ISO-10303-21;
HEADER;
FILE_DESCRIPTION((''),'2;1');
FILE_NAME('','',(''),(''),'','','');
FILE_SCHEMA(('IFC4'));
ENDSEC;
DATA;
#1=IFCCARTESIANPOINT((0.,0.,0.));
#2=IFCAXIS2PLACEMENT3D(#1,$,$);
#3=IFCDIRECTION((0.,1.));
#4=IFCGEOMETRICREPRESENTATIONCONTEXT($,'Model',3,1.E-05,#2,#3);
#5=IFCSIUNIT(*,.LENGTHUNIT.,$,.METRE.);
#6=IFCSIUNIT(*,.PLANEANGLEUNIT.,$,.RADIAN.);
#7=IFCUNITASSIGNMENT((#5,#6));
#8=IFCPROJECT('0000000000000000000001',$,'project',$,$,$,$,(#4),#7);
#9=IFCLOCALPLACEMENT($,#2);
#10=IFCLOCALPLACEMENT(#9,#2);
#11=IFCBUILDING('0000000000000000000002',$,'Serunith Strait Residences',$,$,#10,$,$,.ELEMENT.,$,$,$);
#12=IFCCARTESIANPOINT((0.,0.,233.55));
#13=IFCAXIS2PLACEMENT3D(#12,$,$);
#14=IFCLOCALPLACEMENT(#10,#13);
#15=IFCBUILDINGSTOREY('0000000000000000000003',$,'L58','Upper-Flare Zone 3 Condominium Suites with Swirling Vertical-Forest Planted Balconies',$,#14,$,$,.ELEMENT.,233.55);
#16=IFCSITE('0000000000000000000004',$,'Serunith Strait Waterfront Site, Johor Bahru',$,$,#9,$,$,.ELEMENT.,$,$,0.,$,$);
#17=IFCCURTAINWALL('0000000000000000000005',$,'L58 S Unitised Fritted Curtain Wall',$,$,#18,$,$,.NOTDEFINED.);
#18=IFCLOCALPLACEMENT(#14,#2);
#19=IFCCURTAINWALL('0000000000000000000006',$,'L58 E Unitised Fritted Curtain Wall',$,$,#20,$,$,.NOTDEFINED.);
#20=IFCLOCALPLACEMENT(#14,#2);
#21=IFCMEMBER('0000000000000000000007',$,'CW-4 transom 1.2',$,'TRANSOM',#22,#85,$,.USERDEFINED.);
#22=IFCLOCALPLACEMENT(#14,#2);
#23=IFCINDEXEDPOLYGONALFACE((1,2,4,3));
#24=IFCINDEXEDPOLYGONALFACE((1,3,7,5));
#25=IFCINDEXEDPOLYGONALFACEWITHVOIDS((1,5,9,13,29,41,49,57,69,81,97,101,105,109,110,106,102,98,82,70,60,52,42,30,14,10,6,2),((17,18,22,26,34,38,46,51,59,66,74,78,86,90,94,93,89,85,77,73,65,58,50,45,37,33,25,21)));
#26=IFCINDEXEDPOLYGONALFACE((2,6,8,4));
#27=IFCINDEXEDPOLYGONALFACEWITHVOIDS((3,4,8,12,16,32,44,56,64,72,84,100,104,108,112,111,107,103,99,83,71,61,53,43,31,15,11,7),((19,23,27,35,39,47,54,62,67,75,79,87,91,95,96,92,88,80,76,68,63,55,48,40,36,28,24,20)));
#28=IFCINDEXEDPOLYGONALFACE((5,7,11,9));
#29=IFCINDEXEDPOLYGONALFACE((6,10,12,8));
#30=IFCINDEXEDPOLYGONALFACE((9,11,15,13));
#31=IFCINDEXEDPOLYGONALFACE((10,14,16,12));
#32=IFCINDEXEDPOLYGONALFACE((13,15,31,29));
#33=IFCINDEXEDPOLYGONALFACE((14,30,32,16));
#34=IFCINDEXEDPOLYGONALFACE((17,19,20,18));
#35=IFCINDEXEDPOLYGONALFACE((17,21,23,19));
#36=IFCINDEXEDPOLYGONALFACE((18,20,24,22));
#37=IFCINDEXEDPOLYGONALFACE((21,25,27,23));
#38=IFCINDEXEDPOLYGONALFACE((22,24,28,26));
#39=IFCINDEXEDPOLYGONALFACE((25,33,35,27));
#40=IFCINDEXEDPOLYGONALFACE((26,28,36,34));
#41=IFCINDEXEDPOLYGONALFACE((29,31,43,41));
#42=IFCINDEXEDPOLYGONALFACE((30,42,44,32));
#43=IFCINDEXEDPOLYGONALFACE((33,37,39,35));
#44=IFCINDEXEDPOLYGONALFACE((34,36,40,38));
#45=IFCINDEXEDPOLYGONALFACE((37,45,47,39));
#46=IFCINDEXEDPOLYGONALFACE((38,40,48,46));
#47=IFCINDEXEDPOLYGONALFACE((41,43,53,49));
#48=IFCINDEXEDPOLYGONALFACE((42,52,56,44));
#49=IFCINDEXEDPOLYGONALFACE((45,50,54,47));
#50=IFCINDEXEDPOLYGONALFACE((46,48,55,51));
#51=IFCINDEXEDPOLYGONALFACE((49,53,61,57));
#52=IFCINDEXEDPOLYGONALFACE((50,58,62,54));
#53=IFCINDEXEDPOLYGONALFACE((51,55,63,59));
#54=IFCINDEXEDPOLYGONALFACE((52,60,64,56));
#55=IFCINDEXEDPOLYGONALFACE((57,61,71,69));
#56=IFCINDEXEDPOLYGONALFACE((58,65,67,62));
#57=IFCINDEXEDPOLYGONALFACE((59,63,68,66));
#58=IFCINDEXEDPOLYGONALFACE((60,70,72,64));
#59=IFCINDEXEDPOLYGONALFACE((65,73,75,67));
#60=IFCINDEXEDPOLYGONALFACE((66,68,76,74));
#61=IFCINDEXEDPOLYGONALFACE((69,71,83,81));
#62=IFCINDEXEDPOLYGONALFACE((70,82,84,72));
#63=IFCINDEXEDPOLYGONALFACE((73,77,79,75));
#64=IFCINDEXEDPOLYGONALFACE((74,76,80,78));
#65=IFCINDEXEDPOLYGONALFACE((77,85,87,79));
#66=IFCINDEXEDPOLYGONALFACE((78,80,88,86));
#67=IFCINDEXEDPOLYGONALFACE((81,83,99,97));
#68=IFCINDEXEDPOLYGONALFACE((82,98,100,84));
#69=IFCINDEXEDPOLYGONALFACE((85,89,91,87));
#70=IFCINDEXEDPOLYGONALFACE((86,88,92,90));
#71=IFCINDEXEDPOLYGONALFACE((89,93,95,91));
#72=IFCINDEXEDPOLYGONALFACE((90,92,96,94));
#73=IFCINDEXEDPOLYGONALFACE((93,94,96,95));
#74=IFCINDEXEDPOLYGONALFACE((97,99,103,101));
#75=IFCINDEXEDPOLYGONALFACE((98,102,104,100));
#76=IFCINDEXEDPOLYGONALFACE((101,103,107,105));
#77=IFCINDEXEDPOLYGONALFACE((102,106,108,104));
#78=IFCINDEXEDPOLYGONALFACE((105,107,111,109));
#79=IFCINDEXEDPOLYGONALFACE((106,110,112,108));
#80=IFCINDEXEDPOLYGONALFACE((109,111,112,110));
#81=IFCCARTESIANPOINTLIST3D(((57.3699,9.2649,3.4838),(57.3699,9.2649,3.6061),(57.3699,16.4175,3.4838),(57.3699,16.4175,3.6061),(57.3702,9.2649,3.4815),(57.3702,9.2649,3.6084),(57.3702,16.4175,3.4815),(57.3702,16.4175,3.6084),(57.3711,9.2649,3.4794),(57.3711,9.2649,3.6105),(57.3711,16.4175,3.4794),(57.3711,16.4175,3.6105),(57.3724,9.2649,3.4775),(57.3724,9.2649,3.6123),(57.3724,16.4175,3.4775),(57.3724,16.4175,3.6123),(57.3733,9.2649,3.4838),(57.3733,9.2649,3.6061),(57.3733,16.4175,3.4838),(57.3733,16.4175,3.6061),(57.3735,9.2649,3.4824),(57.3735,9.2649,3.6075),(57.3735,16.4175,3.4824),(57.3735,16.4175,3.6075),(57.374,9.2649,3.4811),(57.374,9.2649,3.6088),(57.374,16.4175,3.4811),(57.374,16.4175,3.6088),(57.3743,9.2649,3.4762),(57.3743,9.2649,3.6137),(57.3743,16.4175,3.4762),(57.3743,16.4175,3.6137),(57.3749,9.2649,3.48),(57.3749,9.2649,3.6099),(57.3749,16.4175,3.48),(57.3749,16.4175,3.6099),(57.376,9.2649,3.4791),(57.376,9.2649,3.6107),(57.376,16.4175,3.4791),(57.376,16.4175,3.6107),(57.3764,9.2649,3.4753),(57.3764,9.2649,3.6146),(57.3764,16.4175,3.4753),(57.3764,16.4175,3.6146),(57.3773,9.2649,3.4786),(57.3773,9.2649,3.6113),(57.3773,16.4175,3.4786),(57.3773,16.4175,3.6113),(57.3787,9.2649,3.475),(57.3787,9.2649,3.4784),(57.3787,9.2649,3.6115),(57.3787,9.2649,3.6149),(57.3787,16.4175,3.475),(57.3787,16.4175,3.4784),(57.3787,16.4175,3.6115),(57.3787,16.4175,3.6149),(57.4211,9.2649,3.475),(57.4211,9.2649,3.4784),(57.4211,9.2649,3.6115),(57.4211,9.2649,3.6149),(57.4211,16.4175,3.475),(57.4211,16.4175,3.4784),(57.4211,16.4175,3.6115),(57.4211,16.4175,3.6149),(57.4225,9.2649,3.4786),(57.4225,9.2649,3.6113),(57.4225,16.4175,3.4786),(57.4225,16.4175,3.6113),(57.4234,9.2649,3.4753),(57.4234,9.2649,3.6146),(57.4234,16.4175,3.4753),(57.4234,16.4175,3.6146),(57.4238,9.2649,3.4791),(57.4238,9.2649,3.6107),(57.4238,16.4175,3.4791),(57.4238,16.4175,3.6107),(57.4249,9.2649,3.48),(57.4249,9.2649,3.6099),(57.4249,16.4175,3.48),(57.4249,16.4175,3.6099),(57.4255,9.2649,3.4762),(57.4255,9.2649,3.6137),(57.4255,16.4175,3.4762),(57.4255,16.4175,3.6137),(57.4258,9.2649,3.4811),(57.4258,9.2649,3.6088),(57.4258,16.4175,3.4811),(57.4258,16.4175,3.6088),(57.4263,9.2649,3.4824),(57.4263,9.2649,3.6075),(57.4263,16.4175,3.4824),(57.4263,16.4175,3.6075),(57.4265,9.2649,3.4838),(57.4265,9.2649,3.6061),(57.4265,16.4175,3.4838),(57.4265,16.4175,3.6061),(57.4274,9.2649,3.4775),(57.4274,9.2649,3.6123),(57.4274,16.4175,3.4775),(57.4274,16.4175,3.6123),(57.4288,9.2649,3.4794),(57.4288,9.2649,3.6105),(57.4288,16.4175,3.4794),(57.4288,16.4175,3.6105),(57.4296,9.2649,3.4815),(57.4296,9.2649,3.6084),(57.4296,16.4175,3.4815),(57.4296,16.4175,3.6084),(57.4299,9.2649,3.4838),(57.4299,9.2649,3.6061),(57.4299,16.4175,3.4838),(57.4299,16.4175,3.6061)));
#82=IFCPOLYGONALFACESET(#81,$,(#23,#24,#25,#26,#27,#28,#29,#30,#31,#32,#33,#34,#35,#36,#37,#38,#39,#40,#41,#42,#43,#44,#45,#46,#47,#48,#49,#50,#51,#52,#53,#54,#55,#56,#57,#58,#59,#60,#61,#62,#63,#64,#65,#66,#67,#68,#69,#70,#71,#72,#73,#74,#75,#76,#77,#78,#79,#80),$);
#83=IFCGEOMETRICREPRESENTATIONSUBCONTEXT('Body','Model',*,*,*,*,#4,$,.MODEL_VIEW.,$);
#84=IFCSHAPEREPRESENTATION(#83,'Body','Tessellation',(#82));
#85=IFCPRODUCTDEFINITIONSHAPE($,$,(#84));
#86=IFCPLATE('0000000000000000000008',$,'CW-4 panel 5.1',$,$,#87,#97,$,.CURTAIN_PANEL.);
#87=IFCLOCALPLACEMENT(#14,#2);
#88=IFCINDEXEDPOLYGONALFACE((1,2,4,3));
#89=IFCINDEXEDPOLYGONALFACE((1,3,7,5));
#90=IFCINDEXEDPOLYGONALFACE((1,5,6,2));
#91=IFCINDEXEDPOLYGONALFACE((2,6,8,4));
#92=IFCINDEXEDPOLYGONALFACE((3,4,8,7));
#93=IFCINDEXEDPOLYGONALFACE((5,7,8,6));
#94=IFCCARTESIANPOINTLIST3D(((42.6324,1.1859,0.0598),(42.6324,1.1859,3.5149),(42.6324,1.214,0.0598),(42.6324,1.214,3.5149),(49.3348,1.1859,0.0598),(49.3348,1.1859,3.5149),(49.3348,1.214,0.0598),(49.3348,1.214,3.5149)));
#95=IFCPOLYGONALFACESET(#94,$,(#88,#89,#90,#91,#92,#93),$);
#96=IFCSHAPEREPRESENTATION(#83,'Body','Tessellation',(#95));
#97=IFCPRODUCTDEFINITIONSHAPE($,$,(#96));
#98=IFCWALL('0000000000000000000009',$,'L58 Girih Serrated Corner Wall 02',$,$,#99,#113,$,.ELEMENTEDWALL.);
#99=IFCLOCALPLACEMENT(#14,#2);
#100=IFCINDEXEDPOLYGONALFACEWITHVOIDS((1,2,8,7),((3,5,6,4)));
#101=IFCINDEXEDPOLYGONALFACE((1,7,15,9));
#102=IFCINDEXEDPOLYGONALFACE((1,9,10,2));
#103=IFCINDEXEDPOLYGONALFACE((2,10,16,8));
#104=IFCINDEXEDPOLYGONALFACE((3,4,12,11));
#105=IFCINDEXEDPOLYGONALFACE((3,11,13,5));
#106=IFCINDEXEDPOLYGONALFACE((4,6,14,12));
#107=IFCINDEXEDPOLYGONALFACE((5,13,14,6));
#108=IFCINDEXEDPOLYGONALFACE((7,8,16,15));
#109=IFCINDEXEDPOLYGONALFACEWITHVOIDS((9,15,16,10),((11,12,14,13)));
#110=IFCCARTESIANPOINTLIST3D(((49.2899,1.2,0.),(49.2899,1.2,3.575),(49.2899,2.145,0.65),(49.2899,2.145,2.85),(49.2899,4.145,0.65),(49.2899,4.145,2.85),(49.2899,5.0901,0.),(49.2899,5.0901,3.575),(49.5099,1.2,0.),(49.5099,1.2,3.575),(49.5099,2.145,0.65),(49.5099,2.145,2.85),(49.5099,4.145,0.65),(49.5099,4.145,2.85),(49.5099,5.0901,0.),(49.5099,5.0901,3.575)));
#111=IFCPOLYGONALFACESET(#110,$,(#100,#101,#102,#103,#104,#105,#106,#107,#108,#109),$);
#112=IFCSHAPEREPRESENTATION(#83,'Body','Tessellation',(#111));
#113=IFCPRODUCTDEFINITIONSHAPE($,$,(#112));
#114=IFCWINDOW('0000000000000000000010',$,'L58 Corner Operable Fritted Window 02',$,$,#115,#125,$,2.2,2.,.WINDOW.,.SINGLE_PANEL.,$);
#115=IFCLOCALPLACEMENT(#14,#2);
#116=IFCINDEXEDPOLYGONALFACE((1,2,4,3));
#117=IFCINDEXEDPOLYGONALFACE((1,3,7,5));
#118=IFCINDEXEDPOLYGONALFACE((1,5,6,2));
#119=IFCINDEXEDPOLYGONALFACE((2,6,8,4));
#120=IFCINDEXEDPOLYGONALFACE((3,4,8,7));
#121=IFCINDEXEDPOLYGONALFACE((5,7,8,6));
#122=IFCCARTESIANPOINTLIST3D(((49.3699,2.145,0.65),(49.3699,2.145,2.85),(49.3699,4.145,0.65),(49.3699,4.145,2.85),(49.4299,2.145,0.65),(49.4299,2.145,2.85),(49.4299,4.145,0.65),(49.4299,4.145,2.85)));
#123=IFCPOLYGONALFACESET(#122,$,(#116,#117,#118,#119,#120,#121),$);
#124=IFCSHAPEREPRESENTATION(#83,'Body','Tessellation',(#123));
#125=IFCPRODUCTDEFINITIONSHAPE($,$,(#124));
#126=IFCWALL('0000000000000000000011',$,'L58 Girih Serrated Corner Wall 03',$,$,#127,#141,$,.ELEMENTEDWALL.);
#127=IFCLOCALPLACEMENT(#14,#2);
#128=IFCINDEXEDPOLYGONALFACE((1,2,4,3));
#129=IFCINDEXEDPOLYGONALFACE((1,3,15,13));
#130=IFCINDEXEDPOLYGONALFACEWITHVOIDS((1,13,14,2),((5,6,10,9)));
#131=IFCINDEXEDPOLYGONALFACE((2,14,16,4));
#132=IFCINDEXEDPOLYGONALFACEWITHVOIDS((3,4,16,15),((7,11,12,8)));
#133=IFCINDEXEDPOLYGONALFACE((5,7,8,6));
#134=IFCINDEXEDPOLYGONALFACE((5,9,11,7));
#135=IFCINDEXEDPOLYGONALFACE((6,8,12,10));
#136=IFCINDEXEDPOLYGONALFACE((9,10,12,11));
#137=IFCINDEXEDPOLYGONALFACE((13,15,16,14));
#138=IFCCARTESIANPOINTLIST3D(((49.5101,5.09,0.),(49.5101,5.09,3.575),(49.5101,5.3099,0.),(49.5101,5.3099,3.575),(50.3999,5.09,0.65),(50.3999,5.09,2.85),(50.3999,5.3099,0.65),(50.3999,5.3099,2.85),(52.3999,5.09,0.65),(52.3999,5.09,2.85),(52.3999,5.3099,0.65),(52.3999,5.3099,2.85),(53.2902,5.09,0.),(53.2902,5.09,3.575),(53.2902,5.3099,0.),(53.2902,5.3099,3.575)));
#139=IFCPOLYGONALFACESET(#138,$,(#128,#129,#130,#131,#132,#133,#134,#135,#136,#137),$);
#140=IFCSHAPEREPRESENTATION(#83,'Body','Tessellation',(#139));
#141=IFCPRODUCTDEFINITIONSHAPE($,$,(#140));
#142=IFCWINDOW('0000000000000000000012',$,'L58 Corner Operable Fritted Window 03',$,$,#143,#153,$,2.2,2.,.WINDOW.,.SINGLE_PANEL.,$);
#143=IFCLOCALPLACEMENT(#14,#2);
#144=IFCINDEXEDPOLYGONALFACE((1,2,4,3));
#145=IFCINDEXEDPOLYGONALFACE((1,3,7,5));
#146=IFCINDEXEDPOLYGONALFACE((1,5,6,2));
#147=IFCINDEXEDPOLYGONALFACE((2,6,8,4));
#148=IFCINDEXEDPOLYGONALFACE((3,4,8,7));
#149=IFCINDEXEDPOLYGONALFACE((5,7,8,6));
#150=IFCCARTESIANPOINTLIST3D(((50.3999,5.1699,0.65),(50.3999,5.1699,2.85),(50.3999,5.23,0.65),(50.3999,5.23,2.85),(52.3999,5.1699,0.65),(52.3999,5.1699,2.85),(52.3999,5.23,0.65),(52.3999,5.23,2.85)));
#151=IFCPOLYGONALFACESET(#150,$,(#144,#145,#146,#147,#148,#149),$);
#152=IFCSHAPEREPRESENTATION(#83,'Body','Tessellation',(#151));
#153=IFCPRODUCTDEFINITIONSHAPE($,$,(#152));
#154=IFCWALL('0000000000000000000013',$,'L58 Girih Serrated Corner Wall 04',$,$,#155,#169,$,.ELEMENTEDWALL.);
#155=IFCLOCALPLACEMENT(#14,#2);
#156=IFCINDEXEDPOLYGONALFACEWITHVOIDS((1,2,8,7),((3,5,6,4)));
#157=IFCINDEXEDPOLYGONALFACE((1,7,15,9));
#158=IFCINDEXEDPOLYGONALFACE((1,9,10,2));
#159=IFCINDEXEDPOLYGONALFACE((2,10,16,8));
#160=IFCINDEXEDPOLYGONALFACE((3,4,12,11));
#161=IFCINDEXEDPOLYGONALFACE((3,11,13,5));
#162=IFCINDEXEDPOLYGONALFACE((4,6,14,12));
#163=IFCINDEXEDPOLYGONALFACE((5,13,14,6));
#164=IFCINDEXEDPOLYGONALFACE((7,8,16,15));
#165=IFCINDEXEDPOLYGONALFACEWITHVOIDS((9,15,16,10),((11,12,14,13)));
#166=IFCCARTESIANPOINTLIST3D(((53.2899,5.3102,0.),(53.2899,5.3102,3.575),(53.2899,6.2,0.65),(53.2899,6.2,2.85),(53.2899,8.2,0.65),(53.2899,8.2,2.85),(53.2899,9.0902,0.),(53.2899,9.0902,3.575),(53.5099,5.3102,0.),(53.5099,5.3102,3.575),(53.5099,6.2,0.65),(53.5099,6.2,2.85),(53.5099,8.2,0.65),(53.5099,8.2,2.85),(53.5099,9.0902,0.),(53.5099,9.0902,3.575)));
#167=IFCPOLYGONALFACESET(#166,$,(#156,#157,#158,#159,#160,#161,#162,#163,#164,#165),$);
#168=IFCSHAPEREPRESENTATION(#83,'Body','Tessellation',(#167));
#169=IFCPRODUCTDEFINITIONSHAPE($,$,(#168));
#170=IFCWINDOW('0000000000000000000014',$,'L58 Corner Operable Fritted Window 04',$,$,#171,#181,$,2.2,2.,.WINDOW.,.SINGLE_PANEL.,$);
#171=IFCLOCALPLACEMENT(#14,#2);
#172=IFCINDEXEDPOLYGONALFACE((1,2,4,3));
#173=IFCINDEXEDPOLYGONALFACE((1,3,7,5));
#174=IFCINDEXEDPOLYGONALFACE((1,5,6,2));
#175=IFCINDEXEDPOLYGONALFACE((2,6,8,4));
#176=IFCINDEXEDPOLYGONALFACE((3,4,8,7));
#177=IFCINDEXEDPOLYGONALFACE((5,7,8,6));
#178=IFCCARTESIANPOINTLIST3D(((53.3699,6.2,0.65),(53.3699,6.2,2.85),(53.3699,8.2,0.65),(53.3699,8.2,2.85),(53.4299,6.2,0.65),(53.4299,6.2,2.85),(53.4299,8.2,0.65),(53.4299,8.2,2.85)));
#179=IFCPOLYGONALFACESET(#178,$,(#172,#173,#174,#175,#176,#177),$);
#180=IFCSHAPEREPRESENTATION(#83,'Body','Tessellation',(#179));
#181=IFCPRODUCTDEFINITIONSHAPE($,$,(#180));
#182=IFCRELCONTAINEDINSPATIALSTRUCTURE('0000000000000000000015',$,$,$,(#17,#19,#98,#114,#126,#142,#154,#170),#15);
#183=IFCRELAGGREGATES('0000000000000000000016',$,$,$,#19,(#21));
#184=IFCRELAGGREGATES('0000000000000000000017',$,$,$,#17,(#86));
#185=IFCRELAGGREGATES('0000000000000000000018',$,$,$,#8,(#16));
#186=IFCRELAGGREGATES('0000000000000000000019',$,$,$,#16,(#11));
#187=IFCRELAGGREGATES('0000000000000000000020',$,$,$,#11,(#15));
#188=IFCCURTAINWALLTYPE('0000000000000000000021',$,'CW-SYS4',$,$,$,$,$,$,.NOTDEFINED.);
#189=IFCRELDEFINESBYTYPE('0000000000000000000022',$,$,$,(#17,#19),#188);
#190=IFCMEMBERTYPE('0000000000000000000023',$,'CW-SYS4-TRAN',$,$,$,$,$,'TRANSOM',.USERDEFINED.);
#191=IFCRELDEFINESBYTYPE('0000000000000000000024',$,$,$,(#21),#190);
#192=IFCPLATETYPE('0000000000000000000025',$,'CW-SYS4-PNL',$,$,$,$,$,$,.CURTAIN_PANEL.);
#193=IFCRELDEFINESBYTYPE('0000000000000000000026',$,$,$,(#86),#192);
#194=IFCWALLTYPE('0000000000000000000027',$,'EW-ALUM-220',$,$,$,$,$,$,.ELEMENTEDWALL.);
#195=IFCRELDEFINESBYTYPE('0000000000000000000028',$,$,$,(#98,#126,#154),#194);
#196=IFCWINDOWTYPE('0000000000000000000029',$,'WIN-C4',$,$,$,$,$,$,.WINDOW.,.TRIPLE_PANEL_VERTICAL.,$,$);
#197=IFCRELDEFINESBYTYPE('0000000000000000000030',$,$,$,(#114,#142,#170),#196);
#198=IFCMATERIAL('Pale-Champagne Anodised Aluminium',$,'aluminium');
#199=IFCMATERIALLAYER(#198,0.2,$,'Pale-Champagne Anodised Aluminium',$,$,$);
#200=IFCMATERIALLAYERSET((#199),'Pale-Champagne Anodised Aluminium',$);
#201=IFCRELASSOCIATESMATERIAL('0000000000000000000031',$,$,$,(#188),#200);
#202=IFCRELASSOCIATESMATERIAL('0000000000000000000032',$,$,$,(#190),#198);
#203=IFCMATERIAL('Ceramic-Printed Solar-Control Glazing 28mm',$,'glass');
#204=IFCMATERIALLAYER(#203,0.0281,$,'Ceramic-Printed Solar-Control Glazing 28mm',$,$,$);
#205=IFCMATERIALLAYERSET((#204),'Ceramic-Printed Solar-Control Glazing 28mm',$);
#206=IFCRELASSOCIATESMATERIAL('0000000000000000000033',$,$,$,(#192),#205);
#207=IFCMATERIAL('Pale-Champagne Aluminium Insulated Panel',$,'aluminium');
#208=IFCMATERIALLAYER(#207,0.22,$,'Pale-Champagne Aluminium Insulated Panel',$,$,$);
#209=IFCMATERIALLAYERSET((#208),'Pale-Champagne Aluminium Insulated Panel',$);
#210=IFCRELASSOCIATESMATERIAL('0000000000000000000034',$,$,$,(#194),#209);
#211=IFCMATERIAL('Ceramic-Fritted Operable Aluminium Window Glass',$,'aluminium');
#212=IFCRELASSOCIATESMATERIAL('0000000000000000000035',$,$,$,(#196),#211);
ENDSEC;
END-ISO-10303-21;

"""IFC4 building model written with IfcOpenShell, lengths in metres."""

from ifc_helpers import new_model, si_unit, direction, frame, frame_2d, origin, origin_2d, place, context, subcontext, project, spatial, rectangle, hollow_rectangle, extrude, source, transform, mapped, material, layer, layer_set, material_profile, profile_set, type_object, element, fill, aggregate, save


model = new_model("IFC4")

# Units and contexts
model_context = context("Model", 3, precision=1e-05, world=origin(), true_north=direction((0.0, 1.0)))
body_context = subcontext(model_context, "Body", "Model", "MODEL_VIEW")
ifc_project = project(units=[si_unit("LENGTHUNIT", "METRE"), si_unit("PLANEANGLEUNIT", "RADIAN")], contexts=[model_context])

# Site, building, storey
site_placement = place(None, origin())
site = spatial("IfcSite", under=ifc_project, at=site_placement, Name="Serunith Strait Waterfront Site, Johor Bahru", CompositionType="ELEMENT", RefElevation=0.0)
building_placement = place(site_placement, origin())
building = spatial("IfcBuilding", under=site, at=building_placement, Name="Serunith Strait Residences", CompositionType="ELEMENT")
storey_placement = place(building_placement, frame((0.0, 0.0, 233.55)))
storey = spatial("IfcBuildingStorey", under=building, at=storey_placement, Name="L58", Description="Upper-Flare Zone 3 Condominium Suites with Swirling Vertical-Forest Planted Balconies", CompositionType="ELEMENT", Elevation=233.55)

# Curtain wall
ifc_material_1 = material(Name="Pale-Champagne Anodised Aluminium", Category="aluminium")
ifc_layer_1 = layer(ifc_material_1, 0.2, Name="Pale-Champagne Anodised Aluminium")
ifc_layer_set_1 = layer_set([ifc_layer_1], Name="Pale-Champagne Anodised Aluminium")
curtain_wall_type = type_object("IfcCurtainWallType", Name="CW-SYS4", PredefinedType="NOTDEFINED", material=ifc_layer_set_1)
curtain_wall_1_placement = place(storey_placement, origin())
curtain_wall_1 = element("IfcCurtainWall", 1, at=curtain_wall_1_placement, inside=storey, type_object=curtain_wall_type, Name="L58 S Unitised Fritted Curtain Wall", PredefinedType="NOTDEFINED")

# Curtain wall
curtain_wall_2_placement = place(storey_placement, origin())
curtain_wall_2 = element("IfcCurtainWall", 2, at=curtain_wall_2_placement, inside=storey, type_object=curtain_wall_type, Name="L58 E Unitised Fritted Curtain Wall", PredefinedType="NOTDEFINED")

# Member
ifc_material_profile_1 = material_profile(ifc_material_1, hollow_rectangle(XDim=0.0601, YDim=0.1399, WallThickness=0.0034, InnerFilletRadius=0.0054, OuterFilletRadius=0.0088, at=origin_2d()), Name="ALU 140x60x3.5")
ifc_profile_set_1 = profile_set([ifc_material_profile_1], Name="Pale-Champagne Anodised Aluminium")
member_type_1 = type_object("IfcMemberType", Name="CW-SYS4-TRAN", ElementType="TRANSOM", PredefinedType="USERDEFINED", material=ifc_profile_set_1)
shared_shape_1 = source(origin(), body_context, "Body", "SweptSolid", [
    extrude(hollow_rectangle(XDim=0.0601, YDim=0.1399, WallThickness=0.0034, InnerFilletRadius=0.0054, OuterFilletRadius=0.0088, at=origin_2d()), origin(), (0.0, 0.0, 1.0), 7.1526),
])
member_1_placement = place(storey_placement, frame((57.3999, 9.2649, 3.5449), z_axis=(0.0, 1.0, 0.0), x_axis=(-1.0, 0.0, 0.0)))
member_1 = element("IfcMember", 3, at=member_1_placement, type_object=member_type_1, Name="CW-4 transom 1.2", ObjectType="TRANSOM", PredefinedType="USERDEFINED", context=body_context, shape_type="MappedRepresentation", body=[
    mapped(shared_shape_1, transform((0.0, 0.0, 0.0), scale=1.0)),
])
aggregate(curtain_wall_2, [member_1])

# Plate
ifc_material_2 = material(Name="Ceramic-Printed Solar-Control Glazing 28mm", Category="glass")
ifc_layer_2 = layer(ifc_material_2, 0.0281, Name="Ceramic-Printed Solar-Control Glazing 28mm")
ifc_layer_set_2 = layer_set([ifc_layer_2], Name="Ceramic-Printed Solar-Control Glazing 28mm")
plate_type = type_object("IfcPlateType", Name="CW-SYS4-PNL", PredefinedType="CURTAIN_PANEL", material=ifc_layer_set_2)
shared_shape_2 = source(origin(), body_context, "Body", "SweptSolid", [
    extrude(rectangle(XDim=6.7024, YDim=0.0281, at=origin_2d()), origin(), (0.0, 0.0, 1.0), 3.4551),
])
plate_placement = place(storey_placement, frame((45.9836, 1.2, 0.0598), z_axis=(0.0, 0.0, 1.0), x_axis=(1.0, 0.0, 0.0)))
plate = element("IfcPlate", 4, at=plate_placement, type_object=plate_type, Name="CW-4 panel 5.1", PredefinedType="CURTAIN_PANEL", context=body_context, shape_type="MappedRepresentation", body=[
    mapped(shared_shape_2, transform((0.0, 0.0, 0.0), scale=1.0)),
])
aggregate(curtain_wall_1, [plate])

# Walls, openings, windows
ifc_material_3 = material(Name="Pale-Champagne Aluminium Insulated Panel", Category="aluminium")
ifc_layer_3 = layer(ifc_material_3, 0.22, Name="Pale-Champagne Aluminium Insulated Panel")
ifc_layer_set_3 = layer_set([ifc_layer_3], Name="Pale-Champagne Aluminium Insulated Panel")
wall_type = type_object("IfcWallType", Name="EW-ALUM-220", PredefinedType="ELEMENTEDWALL", material=ifc_layer_set_3)
wall_1_placement = place(storey_placement, frame((49.3999, 1.2, 0.0), z_axis=(0.0, 0.0, 1.0), x_axis=(0.0, 1.0, 0.0)))
wall_1 = element("IfcWall", 5, at=wall_1_placement, inside=storey, type_object=wall_type, Name="L58 Girih Serrated Corner Wall 02", PredefinedType="ELEMENTEDWALL", context=body_context, shape_type="SweptSolid", body=[
    extrude(rectangle(XDim=3.8901, YDim=0.22, at=frame_2d((1.9451, 0.0))), origin(), (0.0, 0.0, 1.0), 3.575),
])
opening_1_placement = place(wall_1_placement, frame((0.9451, 0.0, 0.6499)))
opening_1 = element("IfcOpeningElement", 6, at=opening_1_placement, cuts=wall_1, PredefinedType="OPENING", context=body_context, shape_type="SweptSolid", body=[
    extrude(rectangle(XDim=2.0, YDim=2.2, at=frame_2d((1.0, 1.1001))), frame((0.0, 0.1201, 0.0), z_axis=(0.0, -1.0, 0.0), x_axis=(1.0, 0.0, 0.0)), (0.0, 0.0, 1.0), 0.24),
])
ifc_material_4 = material(Name="Ceramic-Fritted Operable Aluminium Window Glass", Category="aluminium")
window_type = type_object("IfcWindowType", Name="WIN-C4", PartitioningType="TRIPLE_PANEL_VERTICAL", PredefinedType="WINDOW", material=ifc_material_4)
shared_shape_3 = source(origin(), body_context, "Body", "SweptSolid", [
    extrude(rectangle(XDim=2.0, YDim=2.2, at=frame_2d((1.0, 1.1001))), frame((0.0, 0.03, 0.0), z_axis=(0.0, -1.0, 0.0), x_axis=(1.0, 0.0, 0.0)), (0.0, 0.0, 1.0), 0.0601),
])
window_1_placement = place(opening_1_placement, origin())
window_1 = element("IfcWindow", 7, at=window_1_placement, inside=storey, type_object=window_type, Name="L58 Corner Operable Fritted Window 02", OverallHeight=2.2, OverallWidth=2.0, PartitioningType="SINGLE_PANEL", PredefinedType="WINDOW", context=body_context, shape_type="MappedRepresentation", body=[
    mapped(shared_shape_3, transform((0.0, 0.0, 0.0), scale=1.0)),
])
fill(opening_1, window_1)
wall_2_placement = place(storey_placement, frame((49.51, 5.2, 0.0), z_axis=(0.0, 0.0, 1.0), x_axis=(1.0, 0.0, 0.0)))
wall_2 = element("IfcWall", 8, at=wall_2_placement, inside=storey, type_object=wall_type, Name="L58 Girih Serrated Corner Wall 03", PredefinedType="ELEMENTEDWALL", context=body_context, shape_type="SweptSolid", body=[
    extrude(rectangle(XDim=3.78, YDim=0.22, at=frame_2d((1.8901, 0.0))), origin(), (0.0, 0.0, 1.0), 3.575),
])
opening_2_placement = place(wall_2_placement, frame((0.8899, 0.0, 0.6499)))
opening_2 = element("IfcOpeningElement", 9, at=opening_2_placement, cuts=wall_2, PredefinedType="OPENING", context=body_context, shape_type="SweptSolid", body=[
    extrude(rectangle(XDim=2.0, YDim=2.2, at=frame_2d((1.0, 1.1001))), frame((0.0, 0.1201, 0.0), z_axis=(0.0, -1.0, 0.0), x_axis=(1.0, 0.0, 0.0)), (0.0, 0.0, 1.0), 0.24),
])
window_2_placement = place(opening_2_placement, origin())
window_2 = element("IfcWindow", 10, at=window_2_placement, inside=storey, type_object=window_type, Name="L58 Corner Operable Fritted Window 03", OverallHeight=2.2, OverallWidth=2.0, PartitioningType="SINGLE_PANEL", PredefinedType="WINDOW", context=body_context, shape_type="MappedRepresentation", body=[
    mapped(shared_shape_3, transform((0.0, 0.0, 0.0), scale=1.0)),
])
fill(opening_2, window_2)
wall_3_placement = place(storey_placement, frame((53.3999, 5.3101, 0.0), z_axis=(0.0, 0.0, 1.0), x_axis=(0.0, 1.0, 0.0)))
wall_3 = element("IfcWall", 11, at=wall_3_placement, inside=storey, type_object=wall_type, Name="L58 Girih Serrated Corner Wall 04", PredefinedType="ELEMENTEDWALL", context=body_context, shape_type="SweptSolid", body=[
    extrude(rectangle(XDim=3.78, YDim=0.22, at=frame_2d((1.8901, 0.0))), origin(), (0.0, 0.0, 1.0), 3.575),
])
opening_3_placement = place(wall_3_placement, frame((0.8899, 0.0, 0.6499)))
opening_3 = element("IfcOpeningElement", 12, at=opening_3_placement, cuts=wall_3, PredefinedType="OPENING", context=body_context, shape_type="SweptSolid", body=[
    extrude(rectangle(XDim=2.0, YDim=2.2, at=frame_2d((1.0, 1.1001))), frame((0.0, 0.1201, 0.0), z_axis=(0.0, -1.0, 0.0), x_axis=(1.0, 0.0, 0.0)), (0.0, 0.0, 1.0), 0.24),
])
window_3_placement = place(opening_3_placement, origin())
window_3 = element("IfcWindow", 13, at=window_3_placement, inside=storey, type_object=window_type, Name="L58 Corner Operable Fritted Window 04", OverallHeight=2.2, OverallWidth=2.0, PartitioningType="SINGLE_PANEL", PredefinedType="WINDOW", context=body_context, shape_type="MappedRepresentation", body=[
    mapped(shared_shape_3, transform((0.0, 0.0, 0.0), scale=1.0)),
])
fill(opening_3, window_3)

save(model, "model.ifc")
